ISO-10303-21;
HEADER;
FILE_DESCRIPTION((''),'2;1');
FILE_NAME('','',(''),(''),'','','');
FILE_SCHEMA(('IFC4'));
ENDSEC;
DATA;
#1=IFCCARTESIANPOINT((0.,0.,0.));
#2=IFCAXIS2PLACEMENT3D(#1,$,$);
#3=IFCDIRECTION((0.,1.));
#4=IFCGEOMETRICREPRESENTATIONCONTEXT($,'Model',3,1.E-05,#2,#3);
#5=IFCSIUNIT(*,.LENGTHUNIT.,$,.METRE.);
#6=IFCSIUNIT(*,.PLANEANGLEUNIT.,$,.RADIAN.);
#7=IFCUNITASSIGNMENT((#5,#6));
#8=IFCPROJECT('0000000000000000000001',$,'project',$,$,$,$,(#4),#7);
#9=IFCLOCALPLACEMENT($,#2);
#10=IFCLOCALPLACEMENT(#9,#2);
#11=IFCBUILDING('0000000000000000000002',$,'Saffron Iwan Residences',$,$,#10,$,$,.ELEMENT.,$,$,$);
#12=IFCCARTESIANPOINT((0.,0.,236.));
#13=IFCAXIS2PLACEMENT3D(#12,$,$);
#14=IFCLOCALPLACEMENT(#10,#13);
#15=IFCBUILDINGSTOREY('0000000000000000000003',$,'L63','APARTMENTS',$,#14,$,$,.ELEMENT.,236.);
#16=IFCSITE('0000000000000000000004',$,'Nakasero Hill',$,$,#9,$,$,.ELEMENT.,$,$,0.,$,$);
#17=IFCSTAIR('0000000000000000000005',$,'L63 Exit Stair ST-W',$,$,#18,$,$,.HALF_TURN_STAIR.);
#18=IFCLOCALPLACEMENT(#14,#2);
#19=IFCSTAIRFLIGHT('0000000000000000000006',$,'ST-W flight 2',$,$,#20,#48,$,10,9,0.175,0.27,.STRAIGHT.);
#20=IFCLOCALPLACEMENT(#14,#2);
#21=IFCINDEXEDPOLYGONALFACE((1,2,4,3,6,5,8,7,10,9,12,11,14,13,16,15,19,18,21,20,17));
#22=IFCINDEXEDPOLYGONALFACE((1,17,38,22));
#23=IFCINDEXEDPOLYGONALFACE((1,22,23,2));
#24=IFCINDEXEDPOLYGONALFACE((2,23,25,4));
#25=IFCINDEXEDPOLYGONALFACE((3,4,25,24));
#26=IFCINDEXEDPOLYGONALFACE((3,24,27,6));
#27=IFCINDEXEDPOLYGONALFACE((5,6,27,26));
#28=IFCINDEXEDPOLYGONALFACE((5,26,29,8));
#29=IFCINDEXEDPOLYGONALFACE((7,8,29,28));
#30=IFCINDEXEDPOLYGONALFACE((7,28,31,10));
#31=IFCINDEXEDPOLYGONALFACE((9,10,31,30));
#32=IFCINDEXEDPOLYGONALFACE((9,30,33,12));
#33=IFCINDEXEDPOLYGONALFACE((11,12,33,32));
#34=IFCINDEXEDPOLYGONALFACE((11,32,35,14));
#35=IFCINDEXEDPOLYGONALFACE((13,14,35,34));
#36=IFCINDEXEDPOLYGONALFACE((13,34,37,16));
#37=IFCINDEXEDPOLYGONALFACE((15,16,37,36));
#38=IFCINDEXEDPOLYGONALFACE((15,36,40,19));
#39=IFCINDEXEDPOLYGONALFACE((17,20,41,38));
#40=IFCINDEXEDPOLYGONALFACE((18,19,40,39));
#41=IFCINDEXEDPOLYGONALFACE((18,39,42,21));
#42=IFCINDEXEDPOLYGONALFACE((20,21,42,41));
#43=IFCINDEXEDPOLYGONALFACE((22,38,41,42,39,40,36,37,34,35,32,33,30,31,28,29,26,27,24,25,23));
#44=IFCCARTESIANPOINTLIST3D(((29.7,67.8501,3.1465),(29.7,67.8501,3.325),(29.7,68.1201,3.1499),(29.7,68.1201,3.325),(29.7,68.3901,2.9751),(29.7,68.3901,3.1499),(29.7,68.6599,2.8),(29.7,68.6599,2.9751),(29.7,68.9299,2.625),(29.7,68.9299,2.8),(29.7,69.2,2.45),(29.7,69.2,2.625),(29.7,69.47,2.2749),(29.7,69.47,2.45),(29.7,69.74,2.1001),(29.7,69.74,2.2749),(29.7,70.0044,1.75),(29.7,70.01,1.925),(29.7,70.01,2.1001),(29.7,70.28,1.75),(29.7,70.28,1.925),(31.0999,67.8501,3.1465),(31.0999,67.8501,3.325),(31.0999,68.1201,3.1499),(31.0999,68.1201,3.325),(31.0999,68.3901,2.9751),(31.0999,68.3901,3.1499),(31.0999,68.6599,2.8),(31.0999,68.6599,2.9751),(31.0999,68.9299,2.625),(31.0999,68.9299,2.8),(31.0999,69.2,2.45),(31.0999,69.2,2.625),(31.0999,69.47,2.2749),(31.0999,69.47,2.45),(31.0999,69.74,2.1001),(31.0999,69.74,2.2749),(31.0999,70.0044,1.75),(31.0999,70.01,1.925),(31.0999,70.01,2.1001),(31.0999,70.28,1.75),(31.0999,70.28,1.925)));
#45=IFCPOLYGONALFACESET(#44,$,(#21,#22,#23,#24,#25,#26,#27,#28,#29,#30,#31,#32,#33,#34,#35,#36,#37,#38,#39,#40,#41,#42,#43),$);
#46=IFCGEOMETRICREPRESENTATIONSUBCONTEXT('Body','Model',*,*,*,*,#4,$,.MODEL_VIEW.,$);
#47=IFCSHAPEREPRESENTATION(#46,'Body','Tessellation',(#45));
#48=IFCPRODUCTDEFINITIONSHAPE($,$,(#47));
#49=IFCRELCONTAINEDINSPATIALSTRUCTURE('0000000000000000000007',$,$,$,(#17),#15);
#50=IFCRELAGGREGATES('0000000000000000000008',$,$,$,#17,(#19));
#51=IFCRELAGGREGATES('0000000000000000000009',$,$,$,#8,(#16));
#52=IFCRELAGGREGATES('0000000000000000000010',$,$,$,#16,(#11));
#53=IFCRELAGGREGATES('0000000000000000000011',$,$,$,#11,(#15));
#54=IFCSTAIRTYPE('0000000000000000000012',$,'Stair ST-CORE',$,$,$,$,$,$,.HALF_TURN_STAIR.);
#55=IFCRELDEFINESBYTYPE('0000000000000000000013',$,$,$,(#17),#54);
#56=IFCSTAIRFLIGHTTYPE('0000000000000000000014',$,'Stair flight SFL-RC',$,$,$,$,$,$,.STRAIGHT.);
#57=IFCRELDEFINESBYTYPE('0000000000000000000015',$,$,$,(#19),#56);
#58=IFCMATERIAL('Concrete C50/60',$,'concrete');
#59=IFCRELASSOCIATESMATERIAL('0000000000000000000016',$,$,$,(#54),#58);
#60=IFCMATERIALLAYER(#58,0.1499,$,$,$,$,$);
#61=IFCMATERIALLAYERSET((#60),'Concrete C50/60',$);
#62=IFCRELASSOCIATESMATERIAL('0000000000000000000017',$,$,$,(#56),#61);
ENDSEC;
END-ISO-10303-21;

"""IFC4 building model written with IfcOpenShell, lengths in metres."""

from ifc_helpers import new_model, si_unit, direction, frame, origin, place, context, subcontext, project, spatial, polyline, outline, extrude, material, layer, layer_set, type_object, element, aggregate, save


model = new_model("IFC4")

# Units and contexts
model_context = context("Model", 3, precision=1e-05, world=origin(), true_north=direction((0.0, 1.0)))
body_context = subcontext(model_context, "Body", "Model", "MODEL_VIEW")
ifc_project = project(units=[si_unit("LENGTHUNIT", "METRE"), si_unit("PLANEANGLEUNIT", "RADIAN")], contexts=[model_context])

# Site, building, storey
site_placement = place(None, origin())
site = spatial("IfcSite", under=ifc_project, at=site_placement, Name="Nakasero Hill", CompositionType="ELEMENT", RefElevation=0.0)
building_placement = place(site_placement, origin())
building = spatial("IfcBuilding", under=site, at=building_placement, Name="Saffron Iwan Residences", CompositionType="ELEMENT")
storey_placement = place(building_placement, frame((0.0, 0.0, 236.0)))
storey = spatial("IfcBuildingStorey", under=building, at=storey_placement, Name="L63", Description="APARTMENTS", CompositionType="ELEMENT", Elevation=236.0)

# Stair, stair flight
ifc_material_1 = material(Name="Concrete C50/60", Category="concrete")
stair_type = type_object("IfcStairType", Name="Stair ST-CORE", PredefinedType="HALF_TURN_STAIR", material=ifc_material_1)
stair_placement = place(storey_placement, origin())
stair = element("IfcStair", 1, at=stair_placement, inside=storey, type_object=stair_type, Name="L63 Exit Stair ST-W", PredefinedType="HALF_TURN_STAIR")
ifc_layer_1 = layer(ifc_material_1, 0.1499)
ifc_layer_set_1 = layer_set([ifc_layer_1], Name="Concrete C50/60")
stair_flight_type = type_object("IfcStairFlightType", Name="Stair flight SFL-RC", PredefinedType="STRAIGHT", material=ifc_layer_set_1)
stair_flight_placement = place(storey_placement, frame((30.3999, 70.28, 1.75), z_axis=(0.0, 0.0, 1.0), x_axis=(0.0, -1.0, 0.0)))
stair_flight = element("IfcStairFlight", 2, at=stair_flight_placement, type_object=stair_flight_type, Name="ST-W flight 2", NumberOfRisers=10, NumberOfTreads=9, PredefinedType="STRAIGHT", RiserHeight=0.175, TreadLength=0.27, context=body_context, shape_type="SweptSolid", body=[
    extrude(outline(polyline([(0.0, 0.0), (0.0, 0.175), (0.27, 0.175), (0.27, 0.3501), (0.54, 0.3501), (0.54, 0.5249), (0.8101, 0.5249), (0.8101, 0.7), (1.0801, 0.7), (1.0801, 0.875), (1.3501, 0.875), (1.3501, 1.05), (1.6201, 1.05), (1.6201, 1.2251), (1.8899, 1.2251), (1.8899, 1.3999), (2.1599, 1.3999), (2.1599, 1.575), (2.4299, 1.575), (2.4299, 1.75), (2.4299, 1.3965), (0.2756, 0.0), (0.0, 0.0)])), frame((0.0, 0.7, 0.0), z_axis=(0.0, -1.0, 0.0), x_axis=(1.0, 0.0, 0.0)), (0.0, 0.0, 1.0), 1.3999),
])
aggregate(stair, [stair_flight])

save(model, "model.ifc")
